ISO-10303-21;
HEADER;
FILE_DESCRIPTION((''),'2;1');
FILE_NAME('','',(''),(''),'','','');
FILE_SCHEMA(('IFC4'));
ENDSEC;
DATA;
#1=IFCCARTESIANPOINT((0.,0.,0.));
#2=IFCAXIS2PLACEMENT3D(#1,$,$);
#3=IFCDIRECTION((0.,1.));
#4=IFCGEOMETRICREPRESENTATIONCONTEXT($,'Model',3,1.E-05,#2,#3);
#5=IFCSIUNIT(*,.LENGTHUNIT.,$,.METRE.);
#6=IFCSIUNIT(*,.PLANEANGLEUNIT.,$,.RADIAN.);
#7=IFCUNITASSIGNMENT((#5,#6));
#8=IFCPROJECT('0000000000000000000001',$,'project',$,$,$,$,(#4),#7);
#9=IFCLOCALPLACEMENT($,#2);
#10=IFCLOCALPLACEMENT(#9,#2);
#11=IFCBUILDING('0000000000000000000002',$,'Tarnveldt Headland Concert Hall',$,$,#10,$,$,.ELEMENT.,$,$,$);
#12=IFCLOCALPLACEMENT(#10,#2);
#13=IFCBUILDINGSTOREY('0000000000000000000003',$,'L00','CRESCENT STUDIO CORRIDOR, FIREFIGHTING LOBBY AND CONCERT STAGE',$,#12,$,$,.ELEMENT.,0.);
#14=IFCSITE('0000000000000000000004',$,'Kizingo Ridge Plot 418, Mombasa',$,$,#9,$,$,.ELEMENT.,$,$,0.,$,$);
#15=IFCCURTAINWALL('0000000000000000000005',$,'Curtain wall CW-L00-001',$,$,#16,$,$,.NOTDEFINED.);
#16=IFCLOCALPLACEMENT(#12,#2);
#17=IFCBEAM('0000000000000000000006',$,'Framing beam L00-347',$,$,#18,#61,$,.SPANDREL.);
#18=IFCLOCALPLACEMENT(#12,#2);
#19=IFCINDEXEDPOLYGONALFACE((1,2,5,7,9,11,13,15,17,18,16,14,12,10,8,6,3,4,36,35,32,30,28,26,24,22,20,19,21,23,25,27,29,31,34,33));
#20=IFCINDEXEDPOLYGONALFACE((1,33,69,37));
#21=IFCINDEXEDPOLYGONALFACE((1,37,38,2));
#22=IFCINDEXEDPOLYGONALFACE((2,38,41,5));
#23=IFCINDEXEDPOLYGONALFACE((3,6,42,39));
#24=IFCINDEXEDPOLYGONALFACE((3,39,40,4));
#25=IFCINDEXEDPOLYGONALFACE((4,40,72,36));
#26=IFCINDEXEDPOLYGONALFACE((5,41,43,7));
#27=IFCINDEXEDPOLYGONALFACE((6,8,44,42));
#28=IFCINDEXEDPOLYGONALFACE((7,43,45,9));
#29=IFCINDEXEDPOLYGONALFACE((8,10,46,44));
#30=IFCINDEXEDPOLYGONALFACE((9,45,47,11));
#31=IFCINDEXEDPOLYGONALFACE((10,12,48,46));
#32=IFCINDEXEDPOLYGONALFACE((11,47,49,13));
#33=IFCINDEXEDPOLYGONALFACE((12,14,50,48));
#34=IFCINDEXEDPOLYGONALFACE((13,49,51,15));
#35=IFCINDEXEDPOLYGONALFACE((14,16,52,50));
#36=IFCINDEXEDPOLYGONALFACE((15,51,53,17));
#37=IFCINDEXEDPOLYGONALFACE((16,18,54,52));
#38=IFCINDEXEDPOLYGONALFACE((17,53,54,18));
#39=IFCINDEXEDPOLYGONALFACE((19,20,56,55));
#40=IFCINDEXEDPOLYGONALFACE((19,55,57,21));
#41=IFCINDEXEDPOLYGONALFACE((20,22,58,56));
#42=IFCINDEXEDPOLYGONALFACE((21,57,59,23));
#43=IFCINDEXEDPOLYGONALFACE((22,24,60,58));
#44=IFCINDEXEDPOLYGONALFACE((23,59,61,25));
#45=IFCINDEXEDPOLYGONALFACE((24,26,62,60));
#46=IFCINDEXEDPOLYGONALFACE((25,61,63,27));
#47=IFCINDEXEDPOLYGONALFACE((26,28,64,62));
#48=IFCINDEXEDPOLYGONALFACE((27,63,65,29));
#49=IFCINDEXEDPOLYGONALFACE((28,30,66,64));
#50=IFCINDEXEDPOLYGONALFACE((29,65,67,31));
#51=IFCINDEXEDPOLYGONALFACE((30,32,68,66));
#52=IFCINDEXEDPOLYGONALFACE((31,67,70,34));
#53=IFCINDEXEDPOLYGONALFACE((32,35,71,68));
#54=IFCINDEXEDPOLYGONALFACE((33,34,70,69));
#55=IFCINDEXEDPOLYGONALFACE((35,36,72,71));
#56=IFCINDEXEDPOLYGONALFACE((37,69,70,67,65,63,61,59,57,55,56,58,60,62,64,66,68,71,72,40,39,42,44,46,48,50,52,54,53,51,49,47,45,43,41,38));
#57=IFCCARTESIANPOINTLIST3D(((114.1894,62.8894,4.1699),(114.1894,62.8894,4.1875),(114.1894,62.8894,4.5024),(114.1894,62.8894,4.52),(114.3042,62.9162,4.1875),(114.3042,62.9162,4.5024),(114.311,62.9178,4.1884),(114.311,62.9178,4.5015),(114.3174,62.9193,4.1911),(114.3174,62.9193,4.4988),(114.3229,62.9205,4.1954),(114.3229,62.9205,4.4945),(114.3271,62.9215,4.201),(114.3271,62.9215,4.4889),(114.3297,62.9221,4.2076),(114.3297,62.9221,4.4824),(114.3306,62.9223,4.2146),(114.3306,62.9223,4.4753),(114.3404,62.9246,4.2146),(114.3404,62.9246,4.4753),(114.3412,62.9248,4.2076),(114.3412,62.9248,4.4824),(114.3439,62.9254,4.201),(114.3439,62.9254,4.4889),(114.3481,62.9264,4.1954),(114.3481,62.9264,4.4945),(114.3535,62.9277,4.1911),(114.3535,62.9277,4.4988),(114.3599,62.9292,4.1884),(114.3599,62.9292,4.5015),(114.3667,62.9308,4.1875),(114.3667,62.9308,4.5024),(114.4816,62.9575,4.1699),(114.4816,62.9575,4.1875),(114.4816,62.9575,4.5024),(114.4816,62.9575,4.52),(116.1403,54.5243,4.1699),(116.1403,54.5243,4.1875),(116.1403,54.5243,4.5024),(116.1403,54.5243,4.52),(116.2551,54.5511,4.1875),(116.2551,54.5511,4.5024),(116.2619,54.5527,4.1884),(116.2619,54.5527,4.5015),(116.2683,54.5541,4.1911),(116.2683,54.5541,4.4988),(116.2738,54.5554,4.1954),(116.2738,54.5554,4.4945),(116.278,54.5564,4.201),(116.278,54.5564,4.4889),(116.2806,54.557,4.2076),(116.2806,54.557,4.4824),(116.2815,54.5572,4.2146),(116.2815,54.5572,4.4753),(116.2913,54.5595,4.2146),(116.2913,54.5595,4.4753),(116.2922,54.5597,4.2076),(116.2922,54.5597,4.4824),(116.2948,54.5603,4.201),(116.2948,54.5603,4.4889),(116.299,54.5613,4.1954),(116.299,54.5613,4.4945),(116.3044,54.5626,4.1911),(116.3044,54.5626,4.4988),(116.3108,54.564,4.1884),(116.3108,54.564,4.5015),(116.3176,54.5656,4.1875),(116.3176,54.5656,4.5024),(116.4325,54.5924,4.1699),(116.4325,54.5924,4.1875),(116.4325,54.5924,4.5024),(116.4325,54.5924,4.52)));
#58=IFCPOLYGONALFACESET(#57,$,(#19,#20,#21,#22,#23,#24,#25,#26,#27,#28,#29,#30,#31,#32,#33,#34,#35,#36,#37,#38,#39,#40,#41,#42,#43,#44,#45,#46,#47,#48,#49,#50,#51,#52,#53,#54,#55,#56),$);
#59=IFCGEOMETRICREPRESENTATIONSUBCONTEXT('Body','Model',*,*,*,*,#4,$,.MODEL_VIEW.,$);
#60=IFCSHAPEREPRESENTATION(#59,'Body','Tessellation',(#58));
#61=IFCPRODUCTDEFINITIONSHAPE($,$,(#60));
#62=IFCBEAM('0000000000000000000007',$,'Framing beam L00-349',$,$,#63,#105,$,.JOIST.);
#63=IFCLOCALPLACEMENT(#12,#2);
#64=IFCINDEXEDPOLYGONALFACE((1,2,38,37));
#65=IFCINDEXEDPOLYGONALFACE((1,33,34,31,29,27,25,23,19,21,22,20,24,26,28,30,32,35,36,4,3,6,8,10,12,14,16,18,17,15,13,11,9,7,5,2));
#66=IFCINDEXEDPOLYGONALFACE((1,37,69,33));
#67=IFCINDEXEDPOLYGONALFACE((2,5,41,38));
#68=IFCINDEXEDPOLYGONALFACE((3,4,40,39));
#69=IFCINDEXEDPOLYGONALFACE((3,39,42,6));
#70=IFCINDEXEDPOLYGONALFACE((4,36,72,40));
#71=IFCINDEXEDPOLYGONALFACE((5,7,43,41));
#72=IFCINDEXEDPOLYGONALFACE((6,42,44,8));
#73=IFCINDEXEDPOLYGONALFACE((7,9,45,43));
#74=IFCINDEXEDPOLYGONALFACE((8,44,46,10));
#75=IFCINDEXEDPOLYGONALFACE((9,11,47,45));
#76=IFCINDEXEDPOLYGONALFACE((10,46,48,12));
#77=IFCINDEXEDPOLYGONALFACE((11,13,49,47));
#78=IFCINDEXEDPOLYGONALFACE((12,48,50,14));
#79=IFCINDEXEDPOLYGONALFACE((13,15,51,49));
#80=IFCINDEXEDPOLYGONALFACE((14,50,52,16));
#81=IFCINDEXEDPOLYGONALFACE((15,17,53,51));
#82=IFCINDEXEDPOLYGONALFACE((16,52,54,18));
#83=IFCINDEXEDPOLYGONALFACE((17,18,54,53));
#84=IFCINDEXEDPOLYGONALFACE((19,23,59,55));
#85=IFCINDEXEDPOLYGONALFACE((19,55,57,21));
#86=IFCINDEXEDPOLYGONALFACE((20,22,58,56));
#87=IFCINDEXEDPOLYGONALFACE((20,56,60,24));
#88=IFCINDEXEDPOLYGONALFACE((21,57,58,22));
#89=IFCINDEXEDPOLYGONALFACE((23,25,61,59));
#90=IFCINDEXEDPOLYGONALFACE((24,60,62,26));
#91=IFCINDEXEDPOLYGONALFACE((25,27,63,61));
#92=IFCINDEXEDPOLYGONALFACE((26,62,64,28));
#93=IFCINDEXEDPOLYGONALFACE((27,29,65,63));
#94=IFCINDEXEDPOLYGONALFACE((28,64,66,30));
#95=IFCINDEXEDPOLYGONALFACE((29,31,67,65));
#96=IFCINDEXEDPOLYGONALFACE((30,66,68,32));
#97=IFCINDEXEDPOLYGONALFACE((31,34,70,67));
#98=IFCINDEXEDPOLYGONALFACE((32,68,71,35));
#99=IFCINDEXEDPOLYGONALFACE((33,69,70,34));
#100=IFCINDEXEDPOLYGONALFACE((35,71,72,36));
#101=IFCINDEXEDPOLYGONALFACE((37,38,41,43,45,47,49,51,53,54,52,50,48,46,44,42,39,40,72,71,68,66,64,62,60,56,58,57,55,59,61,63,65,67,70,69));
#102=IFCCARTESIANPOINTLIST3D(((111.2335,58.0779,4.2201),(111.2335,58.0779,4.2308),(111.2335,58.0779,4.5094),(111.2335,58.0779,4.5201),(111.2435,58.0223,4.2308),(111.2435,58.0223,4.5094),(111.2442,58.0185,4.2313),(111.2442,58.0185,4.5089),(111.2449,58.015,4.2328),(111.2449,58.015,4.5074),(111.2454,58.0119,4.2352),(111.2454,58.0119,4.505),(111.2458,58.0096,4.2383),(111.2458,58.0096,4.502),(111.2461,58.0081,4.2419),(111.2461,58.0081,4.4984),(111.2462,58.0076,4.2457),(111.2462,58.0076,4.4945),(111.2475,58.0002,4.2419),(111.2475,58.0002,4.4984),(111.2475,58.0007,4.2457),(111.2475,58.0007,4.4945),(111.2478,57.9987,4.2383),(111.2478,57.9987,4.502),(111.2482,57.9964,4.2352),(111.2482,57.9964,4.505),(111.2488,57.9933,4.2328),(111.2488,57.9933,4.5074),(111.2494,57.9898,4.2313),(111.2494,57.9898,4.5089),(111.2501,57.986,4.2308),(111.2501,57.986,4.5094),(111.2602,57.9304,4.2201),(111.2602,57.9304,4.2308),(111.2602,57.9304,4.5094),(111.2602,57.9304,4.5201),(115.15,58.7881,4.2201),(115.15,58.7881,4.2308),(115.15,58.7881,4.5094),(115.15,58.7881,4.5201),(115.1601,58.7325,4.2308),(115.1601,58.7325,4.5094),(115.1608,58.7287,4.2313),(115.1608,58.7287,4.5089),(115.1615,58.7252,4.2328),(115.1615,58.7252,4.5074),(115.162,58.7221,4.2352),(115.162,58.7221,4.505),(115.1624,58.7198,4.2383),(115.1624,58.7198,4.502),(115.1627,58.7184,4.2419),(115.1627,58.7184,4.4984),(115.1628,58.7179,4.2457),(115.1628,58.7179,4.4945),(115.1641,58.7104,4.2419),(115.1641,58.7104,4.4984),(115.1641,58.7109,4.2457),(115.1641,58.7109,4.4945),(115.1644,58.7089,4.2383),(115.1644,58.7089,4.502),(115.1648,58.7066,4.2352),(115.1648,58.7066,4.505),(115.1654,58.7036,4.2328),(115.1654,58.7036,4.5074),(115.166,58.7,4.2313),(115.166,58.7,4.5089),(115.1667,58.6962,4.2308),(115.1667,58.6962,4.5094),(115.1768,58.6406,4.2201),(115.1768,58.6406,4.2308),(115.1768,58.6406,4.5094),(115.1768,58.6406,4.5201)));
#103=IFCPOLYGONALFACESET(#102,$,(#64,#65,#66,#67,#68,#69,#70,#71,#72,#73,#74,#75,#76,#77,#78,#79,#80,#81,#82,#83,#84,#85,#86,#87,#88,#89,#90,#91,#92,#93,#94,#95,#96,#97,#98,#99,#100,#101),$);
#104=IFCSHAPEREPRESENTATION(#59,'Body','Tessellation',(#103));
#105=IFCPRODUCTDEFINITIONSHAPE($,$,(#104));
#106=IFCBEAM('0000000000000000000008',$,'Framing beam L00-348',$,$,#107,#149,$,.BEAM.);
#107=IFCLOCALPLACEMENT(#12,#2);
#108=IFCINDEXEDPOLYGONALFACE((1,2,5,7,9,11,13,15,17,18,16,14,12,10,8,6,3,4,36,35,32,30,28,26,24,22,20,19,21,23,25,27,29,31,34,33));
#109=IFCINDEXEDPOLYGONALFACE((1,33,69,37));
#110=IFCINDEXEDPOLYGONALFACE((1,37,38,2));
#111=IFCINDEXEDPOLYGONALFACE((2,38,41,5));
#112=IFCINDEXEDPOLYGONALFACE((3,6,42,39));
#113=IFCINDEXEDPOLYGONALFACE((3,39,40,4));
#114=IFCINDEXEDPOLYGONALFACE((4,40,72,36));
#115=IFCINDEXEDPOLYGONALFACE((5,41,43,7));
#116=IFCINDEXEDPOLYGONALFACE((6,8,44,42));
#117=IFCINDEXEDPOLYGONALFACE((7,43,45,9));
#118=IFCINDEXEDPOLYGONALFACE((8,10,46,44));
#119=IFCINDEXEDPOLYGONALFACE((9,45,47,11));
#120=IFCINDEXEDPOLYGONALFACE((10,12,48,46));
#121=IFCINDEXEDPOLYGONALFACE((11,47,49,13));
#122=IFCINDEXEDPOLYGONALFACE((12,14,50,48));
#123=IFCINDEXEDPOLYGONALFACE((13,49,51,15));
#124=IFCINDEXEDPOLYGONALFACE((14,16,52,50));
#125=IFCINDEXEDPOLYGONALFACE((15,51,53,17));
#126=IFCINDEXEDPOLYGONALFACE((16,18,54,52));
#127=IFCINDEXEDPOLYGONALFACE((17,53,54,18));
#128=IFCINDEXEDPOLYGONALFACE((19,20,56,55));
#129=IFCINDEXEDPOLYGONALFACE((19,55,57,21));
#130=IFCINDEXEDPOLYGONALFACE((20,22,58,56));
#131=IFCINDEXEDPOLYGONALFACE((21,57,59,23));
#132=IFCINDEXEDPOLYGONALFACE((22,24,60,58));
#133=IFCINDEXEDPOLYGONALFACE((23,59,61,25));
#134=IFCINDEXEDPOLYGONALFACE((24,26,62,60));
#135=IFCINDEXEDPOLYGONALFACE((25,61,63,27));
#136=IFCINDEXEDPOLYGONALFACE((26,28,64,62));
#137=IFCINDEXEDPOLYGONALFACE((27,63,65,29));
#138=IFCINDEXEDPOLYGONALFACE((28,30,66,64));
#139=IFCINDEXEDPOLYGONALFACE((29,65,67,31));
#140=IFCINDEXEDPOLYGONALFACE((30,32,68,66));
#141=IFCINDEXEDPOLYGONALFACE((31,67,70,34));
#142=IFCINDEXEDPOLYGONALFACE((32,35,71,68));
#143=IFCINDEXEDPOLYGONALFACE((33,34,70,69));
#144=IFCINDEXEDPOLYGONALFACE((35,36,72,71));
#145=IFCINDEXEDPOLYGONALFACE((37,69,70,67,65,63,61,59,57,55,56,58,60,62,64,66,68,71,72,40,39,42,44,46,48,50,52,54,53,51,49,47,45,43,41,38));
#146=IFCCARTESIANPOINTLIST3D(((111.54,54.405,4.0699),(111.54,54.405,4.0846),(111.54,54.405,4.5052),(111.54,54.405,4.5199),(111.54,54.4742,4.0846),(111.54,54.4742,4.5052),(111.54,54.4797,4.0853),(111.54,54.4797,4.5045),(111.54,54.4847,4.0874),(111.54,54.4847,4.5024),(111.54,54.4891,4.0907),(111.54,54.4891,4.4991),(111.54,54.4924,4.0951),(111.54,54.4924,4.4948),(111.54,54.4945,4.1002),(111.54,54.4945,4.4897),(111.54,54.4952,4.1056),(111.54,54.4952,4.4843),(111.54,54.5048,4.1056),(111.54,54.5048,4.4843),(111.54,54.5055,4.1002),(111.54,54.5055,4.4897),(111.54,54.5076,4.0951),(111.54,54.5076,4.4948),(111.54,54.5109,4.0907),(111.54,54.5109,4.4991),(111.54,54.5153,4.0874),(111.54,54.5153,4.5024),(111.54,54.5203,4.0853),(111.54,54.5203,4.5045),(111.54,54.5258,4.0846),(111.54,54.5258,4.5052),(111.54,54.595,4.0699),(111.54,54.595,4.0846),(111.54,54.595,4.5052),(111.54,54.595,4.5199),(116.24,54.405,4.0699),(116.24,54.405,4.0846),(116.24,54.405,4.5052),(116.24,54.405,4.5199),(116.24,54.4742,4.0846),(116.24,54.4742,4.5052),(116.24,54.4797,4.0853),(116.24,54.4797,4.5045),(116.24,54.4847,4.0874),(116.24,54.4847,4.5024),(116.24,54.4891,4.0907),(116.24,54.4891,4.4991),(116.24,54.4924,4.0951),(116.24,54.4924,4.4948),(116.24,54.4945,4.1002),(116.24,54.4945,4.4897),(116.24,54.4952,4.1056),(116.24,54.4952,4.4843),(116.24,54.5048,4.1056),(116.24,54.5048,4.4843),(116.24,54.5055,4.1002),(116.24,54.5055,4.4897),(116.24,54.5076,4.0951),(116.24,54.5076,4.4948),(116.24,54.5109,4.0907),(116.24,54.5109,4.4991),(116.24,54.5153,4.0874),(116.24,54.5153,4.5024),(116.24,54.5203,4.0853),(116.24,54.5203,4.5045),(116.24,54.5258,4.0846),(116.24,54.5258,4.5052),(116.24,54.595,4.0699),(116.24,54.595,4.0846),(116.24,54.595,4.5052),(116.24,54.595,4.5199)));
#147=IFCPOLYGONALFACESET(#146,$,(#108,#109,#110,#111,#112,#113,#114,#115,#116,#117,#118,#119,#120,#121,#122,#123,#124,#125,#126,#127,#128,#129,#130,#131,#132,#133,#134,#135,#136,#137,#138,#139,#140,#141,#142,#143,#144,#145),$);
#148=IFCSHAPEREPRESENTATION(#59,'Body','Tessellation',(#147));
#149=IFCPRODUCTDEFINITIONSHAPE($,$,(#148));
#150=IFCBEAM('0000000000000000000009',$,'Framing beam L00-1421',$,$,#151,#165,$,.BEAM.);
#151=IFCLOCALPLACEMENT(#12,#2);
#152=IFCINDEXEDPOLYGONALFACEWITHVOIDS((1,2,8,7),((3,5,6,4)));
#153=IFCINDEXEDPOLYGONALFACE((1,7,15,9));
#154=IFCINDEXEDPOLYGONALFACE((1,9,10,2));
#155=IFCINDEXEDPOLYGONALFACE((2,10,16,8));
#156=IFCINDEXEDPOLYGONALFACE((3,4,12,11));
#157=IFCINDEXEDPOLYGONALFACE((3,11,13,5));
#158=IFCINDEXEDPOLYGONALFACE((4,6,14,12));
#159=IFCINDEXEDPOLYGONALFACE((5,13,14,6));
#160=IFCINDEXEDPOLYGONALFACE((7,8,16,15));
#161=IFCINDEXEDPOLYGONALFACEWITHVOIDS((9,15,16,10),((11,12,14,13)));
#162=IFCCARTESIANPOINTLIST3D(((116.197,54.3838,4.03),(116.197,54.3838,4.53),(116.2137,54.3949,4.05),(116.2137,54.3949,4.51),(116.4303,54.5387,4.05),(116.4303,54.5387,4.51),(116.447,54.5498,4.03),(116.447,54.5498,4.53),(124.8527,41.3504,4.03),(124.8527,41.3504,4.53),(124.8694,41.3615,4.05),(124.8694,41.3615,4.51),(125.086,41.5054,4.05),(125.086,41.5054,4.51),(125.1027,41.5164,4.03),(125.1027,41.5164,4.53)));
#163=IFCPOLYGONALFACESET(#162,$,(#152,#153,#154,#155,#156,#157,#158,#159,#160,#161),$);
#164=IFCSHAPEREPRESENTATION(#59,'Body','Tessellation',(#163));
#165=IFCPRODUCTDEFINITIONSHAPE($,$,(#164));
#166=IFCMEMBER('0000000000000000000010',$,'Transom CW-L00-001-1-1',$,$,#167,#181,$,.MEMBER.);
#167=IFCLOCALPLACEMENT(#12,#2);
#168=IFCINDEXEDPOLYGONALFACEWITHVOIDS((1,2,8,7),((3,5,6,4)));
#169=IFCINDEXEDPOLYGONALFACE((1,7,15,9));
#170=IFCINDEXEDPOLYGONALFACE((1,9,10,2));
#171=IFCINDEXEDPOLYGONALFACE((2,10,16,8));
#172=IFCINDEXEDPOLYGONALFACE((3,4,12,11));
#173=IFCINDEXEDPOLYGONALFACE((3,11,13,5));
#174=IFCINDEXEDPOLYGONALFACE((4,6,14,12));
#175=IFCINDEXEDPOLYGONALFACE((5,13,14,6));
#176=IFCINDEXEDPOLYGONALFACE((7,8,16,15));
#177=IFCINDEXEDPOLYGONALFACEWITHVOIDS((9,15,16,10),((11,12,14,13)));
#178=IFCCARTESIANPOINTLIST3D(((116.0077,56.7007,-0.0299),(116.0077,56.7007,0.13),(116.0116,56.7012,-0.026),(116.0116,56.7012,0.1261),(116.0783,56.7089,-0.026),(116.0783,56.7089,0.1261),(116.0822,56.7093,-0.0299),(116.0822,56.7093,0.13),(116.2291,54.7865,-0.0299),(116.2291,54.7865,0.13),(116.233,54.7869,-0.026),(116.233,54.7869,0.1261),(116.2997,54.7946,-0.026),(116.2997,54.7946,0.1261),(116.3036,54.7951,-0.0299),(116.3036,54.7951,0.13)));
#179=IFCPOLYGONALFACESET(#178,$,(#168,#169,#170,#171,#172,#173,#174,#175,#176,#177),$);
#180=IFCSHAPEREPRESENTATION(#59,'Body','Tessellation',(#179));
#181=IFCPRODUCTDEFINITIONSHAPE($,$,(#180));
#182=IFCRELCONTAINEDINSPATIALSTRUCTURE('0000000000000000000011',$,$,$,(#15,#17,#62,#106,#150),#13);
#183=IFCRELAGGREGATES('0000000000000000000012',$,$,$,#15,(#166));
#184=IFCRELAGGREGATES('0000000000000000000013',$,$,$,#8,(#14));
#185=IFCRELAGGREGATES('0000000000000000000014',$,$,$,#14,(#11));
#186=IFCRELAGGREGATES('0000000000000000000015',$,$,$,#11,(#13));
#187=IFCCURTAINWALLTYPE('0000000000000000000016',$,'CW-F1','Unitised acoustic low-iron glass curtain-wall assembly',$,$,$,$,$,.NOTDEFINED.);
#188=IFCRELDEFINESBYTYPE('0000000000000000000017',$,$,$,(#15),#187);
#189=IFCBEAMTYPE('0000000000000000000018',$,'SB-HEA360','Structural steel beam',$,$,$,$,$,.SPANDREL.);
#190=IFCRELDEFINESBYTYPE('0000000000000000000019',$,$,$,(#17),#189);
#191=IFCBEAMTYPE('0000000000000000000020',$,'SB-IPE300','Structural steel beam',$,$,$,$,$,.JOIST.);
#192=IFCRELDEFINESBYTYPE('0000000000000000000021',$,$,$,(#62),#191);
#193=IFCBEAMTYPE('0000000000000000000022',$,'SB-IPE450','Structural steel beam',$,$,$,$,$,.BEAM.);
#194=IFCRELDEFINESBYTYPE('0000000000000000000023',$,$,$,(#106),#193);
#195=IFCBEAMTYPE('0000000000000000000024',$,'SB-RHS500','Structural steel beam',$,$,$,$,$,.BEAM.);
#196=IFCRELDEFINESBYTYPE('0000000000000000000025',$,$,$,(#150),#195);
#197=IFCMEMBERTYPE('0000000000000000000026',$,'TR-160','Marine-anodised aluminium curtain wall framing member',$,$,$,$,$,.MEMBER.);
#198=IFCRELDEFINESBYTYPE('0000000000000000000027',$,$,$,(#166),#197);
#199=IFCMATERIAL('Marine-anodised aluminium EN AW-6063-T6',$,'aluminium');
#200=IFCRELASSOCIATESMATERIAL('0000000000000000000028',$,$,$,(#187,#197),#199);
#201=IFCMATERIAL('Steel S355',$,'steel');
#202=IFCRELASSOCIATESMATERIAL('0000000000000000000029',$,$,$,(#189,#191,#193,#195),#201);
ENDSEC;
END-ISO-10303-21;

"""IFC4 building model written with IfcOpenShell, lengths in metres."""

from ifc_helpers import new_model, si_unit, direction, frame, origin, origin_2d, place, context, subcontext, project, spatial, hollow_rectangle, i_section, extrude, material, material_profile, profile_set, type_object, element, aggregate, save


model = new_model("IFC4")

# Units and contexts
model_context = context("Model", 3, precision=1e-05, world=origin(), true_north=direction((0.0, 1.0)))
body_context = subcontext(model_context, "Body", "Model", "MODEL_VIEW")
ifc_project = project(units=[si_unit("LENGTHUNIT", "METRE"), si_unit("PLANEANGLEUNIT", "RADIAN")], contexts=[model_context])

# Site, building, storey
site_placement = place(None, origin())
site = spatial("IfcSite", under=ifc_project, at=site_placement, Name="Kizingo Ridge Plot 418, Mombasa", CompositionType="ELEMENT", RefElevation=0.0)
building_placement = place(site_placement, origin())
building = spatial("IfcBuilding", under=site, at=building_placement, Name="Tarnveldt Headland Concert Hall", CompositionType="ELEMENT")
storey_placement = place(building_placement, origin())
storey = spatial("IfcBuildingStorey", under=building, at=storey_placement, Name="L00", Description="CRESCENT STUDIO CORRIDOR, FIREFIGHTING LOBBY AND CONCERT STAGE", CompositionType="ELEMENT", Elevation=0.0)

# Shared definitions
ifc_material_1 = material(Name="Steel S355", Category="steel")

# Curtain wall
ifc_material_2 = material(Name="Marine-anodised aluminium EN AW-6063-T6", Category="aluminium")
curtain_wall_type = type_object("IfcCurtainWallType", Name="CW-F1", Description="Unitised acoustic low-iron glass curtain-wall assembly", PredefinedType="NOTDEFINED", material=ifc_material_2)
curtain_wall_1_placement = place(storey_placement, origin())
curtain_wall_1 = element("IfcCurtainWall", 1, at=curtain_wall_1_placement, inside=storey, type_object=curtain_wall_type, Name="Curtain wall CW-L00-001", PredefinedType="NOTDEFINED")

# Beams
ifc_material_profile_1 = material_profile(ifc_material_1, i_section(OverallWidth=0.3, OverallDepth=0.3501, WebThickness=0.01, FlangeThickness=0.0176, FilletRadius=0.0271, at=origin_2d()), Name="HEA360", Category="steel")
ifc_profile_set_1 = profile_set([ifc_material_profile_1], Name="Steel S355")
beam_type_1 = type_object("IfcBeamType", Name="SB-HEA360", Description="Structural steel beam", PredefinedType="SPANDREL", material=ifc_profile_set_1)
beam_1_placement = place(storey_placement, frame((116.2864, 54.5583, 4.345), z_axis=(-0.227124, 0.973866, 0.0), x_axis=(-0.973866, -0.227124, 0.0)))
element("IfcBeam", 2, at=beam_1_placement, inside=storey, type_object=beam_type_1, Name="Framing beam L00-347", PredefinedType="SPANDREL", context=body_context, shape_type="SweptSolid", body=[
    extrude(i_section(OverallWidth=0.3, OverallDepth=0.3501, WebThickness=0.01, FlangeThickness=0.0176, FilletRadius=0.0271, at=origin_2d()), origin(), (0.0, 0.0, 1.0), 8.5896),
])
ifc_material_profile_2 = material_profile(ifc_material_1, i_section(OverallWidth=0.1499, OverallDepth=0.3, WebThickness=0.0071, FlangeThickness=0.0107, FilletRadius=0.0149, at=origin_2d()), Name="IPE300", Category="steel")
ifc_profile_set_2 = profile_set([ifc_material_profile_2], Name="Steel S355")
beam_type_2 = type_object("IfcBeamType", Name="SB-IPE300", Description="Structural steel beam", PredefinedType="JOIST", material=ifc_profile_set_2)
beam_2_placement = place(storey_placement, frame((111.2468, 58.0042, 4.3701), z_axis=(0.983953, 0.178427, 0.0), x_axis=(-0.178427, 0.983953, 0.0)))
element("IfcBeam", 3, at=beam_2_placement, inside=storey, type_object=beam_type_2, Name="Framing beam L00-349", PredefinedType="JOIST", context=body_context, shape_type="SweptSolid", body=[
    extrude(i_section(OverallWidth=0.1499, OverallDepth=0.3, WebThickness=0.0071, FlangeThickness=0.0107, FilletRadius=0.0149, at=origin_2d()), origin(), (0.0, 0.0, 1.0), 3.9805),
])
ifc_material_profile_3 = material_profile(ifc_material_1, i_section(OverallWidth=0.1899, OverallDepth=0.45, WebThickness=0.0095, FlangeThickness=0.0146, FilletRadius=0.021, at=origin_2d()), Name="IPE450", Category="steel")
ifc_profile_set_3 = profile_set([ifc_material_profile_3], Name="Steel S355")
beam_type_3 = type_object("IfcBeamType", Name="SB-IPE450", Description="Structural steel beam", PredefinedType="BEAM", material=ifc_profile_set_3)
beam_3_placement = place(storey_placement, frame((111.54, 54.5, 4.2949), z_axis=(1.0, 0.0, 0.0), x_axis=(0.0, 1.0, 0.0)))
element("IfcBeam", 4, at=beam_3_placement, inside=storey, type_object=beam_type_3, Name="Framing beam L00-348", PredefinedType="BEAM", context=body_context, shape_type="SweptSolid", body=[
    extrude(i_section(OverallWidth=0.1899, OverallDepth=0.45, WebThickness=0.0095, FlangeThickness=0.0146, FilletRadius=0.021, at=origin_2d()), origin(), (0.0, 0.0, 1.0), 4.7),
])
ifc_material_profile_4 = material_profile(ifc_material_1, hollow_rectangle(XDim=0.3, YDim=0.5, WallThickness=0.02, at=origin_2d()), Name="RHS 500x300x20", Category="steel")
ifc_profile_set_4 = profile_set([ifc_material_profile_4], Name="Steel S355")
beam_type_4 = type_object("IfcBeamType", Name="SB-RHS500", Description="Structural steel beam", PredefinedType="BEAM", material=ifc_profile_set_4)
beam_4_placement = place(storey_placement, frame((116.322, 54.4668, 4.28), z_axis=(0.55323, -0.833028, 0.0), x_axis=(0.833028, 0.55323, 0.0)))
element("IfcBeam", 5, at=beam_4_placement, inside=storey, type_object=beam_type_4, Name="Framing beam L00-1421", PredefinedType="BEAM", context=body_context, shape_type="SweptSolid", body=[
    extrude(hollow_rectangle(XDim=0.3, YDim=0.5, WallThickness=0.02, at=origin_2d()), origin(), (0.0, 0.0, 1.0), 15.6458),
])

# Member
ifc_material_profile_5 = material_profile(ifc_material_2, hollow_rectangle(XDim=0.075, YDim=0.1599, WallThickness=0.0039, at=origin_2d()), Name="ALU TRANSOM 75x160x4", Category="aluminium")
ifc_profile_set_5 = profile_set([ifc_material_profile_5], Name="Marine-anodised aluminium EN AW-6063-T6")
member_type_1 = type_object("IfcMemberType", Name="TR-160", Description="Marine-anodised aluminium curtain wall framing member", PredefinedType="MEMBER", material=ifc_profile_set_5)
member_1_placement = place(storey_placement, frame((116.2664, 54.7908, 0.05), z_axis=(-0.114908, 0.993376, 0.0), x_axis=(-0.993376, -0.114908, 0.0)))
member_1 = element("IfcMember", 6, at=member_1_placement, type_object=member_type_1, Name="Transom CW-L00-001-1-1", PredefinedType="MEMBER", context=body_context, shape_type="SweptSolid", body=[
    extrude(hollow_rectangle(XDim=0.075, YDim=0.1599, WallThickness=0.0039, at=origin_2d()), origin(), (0.0, 0.0, 1.0), 1.927),
])

aggregate(curtain_wall_1, [member_1])

save(model, "model.ifc")
